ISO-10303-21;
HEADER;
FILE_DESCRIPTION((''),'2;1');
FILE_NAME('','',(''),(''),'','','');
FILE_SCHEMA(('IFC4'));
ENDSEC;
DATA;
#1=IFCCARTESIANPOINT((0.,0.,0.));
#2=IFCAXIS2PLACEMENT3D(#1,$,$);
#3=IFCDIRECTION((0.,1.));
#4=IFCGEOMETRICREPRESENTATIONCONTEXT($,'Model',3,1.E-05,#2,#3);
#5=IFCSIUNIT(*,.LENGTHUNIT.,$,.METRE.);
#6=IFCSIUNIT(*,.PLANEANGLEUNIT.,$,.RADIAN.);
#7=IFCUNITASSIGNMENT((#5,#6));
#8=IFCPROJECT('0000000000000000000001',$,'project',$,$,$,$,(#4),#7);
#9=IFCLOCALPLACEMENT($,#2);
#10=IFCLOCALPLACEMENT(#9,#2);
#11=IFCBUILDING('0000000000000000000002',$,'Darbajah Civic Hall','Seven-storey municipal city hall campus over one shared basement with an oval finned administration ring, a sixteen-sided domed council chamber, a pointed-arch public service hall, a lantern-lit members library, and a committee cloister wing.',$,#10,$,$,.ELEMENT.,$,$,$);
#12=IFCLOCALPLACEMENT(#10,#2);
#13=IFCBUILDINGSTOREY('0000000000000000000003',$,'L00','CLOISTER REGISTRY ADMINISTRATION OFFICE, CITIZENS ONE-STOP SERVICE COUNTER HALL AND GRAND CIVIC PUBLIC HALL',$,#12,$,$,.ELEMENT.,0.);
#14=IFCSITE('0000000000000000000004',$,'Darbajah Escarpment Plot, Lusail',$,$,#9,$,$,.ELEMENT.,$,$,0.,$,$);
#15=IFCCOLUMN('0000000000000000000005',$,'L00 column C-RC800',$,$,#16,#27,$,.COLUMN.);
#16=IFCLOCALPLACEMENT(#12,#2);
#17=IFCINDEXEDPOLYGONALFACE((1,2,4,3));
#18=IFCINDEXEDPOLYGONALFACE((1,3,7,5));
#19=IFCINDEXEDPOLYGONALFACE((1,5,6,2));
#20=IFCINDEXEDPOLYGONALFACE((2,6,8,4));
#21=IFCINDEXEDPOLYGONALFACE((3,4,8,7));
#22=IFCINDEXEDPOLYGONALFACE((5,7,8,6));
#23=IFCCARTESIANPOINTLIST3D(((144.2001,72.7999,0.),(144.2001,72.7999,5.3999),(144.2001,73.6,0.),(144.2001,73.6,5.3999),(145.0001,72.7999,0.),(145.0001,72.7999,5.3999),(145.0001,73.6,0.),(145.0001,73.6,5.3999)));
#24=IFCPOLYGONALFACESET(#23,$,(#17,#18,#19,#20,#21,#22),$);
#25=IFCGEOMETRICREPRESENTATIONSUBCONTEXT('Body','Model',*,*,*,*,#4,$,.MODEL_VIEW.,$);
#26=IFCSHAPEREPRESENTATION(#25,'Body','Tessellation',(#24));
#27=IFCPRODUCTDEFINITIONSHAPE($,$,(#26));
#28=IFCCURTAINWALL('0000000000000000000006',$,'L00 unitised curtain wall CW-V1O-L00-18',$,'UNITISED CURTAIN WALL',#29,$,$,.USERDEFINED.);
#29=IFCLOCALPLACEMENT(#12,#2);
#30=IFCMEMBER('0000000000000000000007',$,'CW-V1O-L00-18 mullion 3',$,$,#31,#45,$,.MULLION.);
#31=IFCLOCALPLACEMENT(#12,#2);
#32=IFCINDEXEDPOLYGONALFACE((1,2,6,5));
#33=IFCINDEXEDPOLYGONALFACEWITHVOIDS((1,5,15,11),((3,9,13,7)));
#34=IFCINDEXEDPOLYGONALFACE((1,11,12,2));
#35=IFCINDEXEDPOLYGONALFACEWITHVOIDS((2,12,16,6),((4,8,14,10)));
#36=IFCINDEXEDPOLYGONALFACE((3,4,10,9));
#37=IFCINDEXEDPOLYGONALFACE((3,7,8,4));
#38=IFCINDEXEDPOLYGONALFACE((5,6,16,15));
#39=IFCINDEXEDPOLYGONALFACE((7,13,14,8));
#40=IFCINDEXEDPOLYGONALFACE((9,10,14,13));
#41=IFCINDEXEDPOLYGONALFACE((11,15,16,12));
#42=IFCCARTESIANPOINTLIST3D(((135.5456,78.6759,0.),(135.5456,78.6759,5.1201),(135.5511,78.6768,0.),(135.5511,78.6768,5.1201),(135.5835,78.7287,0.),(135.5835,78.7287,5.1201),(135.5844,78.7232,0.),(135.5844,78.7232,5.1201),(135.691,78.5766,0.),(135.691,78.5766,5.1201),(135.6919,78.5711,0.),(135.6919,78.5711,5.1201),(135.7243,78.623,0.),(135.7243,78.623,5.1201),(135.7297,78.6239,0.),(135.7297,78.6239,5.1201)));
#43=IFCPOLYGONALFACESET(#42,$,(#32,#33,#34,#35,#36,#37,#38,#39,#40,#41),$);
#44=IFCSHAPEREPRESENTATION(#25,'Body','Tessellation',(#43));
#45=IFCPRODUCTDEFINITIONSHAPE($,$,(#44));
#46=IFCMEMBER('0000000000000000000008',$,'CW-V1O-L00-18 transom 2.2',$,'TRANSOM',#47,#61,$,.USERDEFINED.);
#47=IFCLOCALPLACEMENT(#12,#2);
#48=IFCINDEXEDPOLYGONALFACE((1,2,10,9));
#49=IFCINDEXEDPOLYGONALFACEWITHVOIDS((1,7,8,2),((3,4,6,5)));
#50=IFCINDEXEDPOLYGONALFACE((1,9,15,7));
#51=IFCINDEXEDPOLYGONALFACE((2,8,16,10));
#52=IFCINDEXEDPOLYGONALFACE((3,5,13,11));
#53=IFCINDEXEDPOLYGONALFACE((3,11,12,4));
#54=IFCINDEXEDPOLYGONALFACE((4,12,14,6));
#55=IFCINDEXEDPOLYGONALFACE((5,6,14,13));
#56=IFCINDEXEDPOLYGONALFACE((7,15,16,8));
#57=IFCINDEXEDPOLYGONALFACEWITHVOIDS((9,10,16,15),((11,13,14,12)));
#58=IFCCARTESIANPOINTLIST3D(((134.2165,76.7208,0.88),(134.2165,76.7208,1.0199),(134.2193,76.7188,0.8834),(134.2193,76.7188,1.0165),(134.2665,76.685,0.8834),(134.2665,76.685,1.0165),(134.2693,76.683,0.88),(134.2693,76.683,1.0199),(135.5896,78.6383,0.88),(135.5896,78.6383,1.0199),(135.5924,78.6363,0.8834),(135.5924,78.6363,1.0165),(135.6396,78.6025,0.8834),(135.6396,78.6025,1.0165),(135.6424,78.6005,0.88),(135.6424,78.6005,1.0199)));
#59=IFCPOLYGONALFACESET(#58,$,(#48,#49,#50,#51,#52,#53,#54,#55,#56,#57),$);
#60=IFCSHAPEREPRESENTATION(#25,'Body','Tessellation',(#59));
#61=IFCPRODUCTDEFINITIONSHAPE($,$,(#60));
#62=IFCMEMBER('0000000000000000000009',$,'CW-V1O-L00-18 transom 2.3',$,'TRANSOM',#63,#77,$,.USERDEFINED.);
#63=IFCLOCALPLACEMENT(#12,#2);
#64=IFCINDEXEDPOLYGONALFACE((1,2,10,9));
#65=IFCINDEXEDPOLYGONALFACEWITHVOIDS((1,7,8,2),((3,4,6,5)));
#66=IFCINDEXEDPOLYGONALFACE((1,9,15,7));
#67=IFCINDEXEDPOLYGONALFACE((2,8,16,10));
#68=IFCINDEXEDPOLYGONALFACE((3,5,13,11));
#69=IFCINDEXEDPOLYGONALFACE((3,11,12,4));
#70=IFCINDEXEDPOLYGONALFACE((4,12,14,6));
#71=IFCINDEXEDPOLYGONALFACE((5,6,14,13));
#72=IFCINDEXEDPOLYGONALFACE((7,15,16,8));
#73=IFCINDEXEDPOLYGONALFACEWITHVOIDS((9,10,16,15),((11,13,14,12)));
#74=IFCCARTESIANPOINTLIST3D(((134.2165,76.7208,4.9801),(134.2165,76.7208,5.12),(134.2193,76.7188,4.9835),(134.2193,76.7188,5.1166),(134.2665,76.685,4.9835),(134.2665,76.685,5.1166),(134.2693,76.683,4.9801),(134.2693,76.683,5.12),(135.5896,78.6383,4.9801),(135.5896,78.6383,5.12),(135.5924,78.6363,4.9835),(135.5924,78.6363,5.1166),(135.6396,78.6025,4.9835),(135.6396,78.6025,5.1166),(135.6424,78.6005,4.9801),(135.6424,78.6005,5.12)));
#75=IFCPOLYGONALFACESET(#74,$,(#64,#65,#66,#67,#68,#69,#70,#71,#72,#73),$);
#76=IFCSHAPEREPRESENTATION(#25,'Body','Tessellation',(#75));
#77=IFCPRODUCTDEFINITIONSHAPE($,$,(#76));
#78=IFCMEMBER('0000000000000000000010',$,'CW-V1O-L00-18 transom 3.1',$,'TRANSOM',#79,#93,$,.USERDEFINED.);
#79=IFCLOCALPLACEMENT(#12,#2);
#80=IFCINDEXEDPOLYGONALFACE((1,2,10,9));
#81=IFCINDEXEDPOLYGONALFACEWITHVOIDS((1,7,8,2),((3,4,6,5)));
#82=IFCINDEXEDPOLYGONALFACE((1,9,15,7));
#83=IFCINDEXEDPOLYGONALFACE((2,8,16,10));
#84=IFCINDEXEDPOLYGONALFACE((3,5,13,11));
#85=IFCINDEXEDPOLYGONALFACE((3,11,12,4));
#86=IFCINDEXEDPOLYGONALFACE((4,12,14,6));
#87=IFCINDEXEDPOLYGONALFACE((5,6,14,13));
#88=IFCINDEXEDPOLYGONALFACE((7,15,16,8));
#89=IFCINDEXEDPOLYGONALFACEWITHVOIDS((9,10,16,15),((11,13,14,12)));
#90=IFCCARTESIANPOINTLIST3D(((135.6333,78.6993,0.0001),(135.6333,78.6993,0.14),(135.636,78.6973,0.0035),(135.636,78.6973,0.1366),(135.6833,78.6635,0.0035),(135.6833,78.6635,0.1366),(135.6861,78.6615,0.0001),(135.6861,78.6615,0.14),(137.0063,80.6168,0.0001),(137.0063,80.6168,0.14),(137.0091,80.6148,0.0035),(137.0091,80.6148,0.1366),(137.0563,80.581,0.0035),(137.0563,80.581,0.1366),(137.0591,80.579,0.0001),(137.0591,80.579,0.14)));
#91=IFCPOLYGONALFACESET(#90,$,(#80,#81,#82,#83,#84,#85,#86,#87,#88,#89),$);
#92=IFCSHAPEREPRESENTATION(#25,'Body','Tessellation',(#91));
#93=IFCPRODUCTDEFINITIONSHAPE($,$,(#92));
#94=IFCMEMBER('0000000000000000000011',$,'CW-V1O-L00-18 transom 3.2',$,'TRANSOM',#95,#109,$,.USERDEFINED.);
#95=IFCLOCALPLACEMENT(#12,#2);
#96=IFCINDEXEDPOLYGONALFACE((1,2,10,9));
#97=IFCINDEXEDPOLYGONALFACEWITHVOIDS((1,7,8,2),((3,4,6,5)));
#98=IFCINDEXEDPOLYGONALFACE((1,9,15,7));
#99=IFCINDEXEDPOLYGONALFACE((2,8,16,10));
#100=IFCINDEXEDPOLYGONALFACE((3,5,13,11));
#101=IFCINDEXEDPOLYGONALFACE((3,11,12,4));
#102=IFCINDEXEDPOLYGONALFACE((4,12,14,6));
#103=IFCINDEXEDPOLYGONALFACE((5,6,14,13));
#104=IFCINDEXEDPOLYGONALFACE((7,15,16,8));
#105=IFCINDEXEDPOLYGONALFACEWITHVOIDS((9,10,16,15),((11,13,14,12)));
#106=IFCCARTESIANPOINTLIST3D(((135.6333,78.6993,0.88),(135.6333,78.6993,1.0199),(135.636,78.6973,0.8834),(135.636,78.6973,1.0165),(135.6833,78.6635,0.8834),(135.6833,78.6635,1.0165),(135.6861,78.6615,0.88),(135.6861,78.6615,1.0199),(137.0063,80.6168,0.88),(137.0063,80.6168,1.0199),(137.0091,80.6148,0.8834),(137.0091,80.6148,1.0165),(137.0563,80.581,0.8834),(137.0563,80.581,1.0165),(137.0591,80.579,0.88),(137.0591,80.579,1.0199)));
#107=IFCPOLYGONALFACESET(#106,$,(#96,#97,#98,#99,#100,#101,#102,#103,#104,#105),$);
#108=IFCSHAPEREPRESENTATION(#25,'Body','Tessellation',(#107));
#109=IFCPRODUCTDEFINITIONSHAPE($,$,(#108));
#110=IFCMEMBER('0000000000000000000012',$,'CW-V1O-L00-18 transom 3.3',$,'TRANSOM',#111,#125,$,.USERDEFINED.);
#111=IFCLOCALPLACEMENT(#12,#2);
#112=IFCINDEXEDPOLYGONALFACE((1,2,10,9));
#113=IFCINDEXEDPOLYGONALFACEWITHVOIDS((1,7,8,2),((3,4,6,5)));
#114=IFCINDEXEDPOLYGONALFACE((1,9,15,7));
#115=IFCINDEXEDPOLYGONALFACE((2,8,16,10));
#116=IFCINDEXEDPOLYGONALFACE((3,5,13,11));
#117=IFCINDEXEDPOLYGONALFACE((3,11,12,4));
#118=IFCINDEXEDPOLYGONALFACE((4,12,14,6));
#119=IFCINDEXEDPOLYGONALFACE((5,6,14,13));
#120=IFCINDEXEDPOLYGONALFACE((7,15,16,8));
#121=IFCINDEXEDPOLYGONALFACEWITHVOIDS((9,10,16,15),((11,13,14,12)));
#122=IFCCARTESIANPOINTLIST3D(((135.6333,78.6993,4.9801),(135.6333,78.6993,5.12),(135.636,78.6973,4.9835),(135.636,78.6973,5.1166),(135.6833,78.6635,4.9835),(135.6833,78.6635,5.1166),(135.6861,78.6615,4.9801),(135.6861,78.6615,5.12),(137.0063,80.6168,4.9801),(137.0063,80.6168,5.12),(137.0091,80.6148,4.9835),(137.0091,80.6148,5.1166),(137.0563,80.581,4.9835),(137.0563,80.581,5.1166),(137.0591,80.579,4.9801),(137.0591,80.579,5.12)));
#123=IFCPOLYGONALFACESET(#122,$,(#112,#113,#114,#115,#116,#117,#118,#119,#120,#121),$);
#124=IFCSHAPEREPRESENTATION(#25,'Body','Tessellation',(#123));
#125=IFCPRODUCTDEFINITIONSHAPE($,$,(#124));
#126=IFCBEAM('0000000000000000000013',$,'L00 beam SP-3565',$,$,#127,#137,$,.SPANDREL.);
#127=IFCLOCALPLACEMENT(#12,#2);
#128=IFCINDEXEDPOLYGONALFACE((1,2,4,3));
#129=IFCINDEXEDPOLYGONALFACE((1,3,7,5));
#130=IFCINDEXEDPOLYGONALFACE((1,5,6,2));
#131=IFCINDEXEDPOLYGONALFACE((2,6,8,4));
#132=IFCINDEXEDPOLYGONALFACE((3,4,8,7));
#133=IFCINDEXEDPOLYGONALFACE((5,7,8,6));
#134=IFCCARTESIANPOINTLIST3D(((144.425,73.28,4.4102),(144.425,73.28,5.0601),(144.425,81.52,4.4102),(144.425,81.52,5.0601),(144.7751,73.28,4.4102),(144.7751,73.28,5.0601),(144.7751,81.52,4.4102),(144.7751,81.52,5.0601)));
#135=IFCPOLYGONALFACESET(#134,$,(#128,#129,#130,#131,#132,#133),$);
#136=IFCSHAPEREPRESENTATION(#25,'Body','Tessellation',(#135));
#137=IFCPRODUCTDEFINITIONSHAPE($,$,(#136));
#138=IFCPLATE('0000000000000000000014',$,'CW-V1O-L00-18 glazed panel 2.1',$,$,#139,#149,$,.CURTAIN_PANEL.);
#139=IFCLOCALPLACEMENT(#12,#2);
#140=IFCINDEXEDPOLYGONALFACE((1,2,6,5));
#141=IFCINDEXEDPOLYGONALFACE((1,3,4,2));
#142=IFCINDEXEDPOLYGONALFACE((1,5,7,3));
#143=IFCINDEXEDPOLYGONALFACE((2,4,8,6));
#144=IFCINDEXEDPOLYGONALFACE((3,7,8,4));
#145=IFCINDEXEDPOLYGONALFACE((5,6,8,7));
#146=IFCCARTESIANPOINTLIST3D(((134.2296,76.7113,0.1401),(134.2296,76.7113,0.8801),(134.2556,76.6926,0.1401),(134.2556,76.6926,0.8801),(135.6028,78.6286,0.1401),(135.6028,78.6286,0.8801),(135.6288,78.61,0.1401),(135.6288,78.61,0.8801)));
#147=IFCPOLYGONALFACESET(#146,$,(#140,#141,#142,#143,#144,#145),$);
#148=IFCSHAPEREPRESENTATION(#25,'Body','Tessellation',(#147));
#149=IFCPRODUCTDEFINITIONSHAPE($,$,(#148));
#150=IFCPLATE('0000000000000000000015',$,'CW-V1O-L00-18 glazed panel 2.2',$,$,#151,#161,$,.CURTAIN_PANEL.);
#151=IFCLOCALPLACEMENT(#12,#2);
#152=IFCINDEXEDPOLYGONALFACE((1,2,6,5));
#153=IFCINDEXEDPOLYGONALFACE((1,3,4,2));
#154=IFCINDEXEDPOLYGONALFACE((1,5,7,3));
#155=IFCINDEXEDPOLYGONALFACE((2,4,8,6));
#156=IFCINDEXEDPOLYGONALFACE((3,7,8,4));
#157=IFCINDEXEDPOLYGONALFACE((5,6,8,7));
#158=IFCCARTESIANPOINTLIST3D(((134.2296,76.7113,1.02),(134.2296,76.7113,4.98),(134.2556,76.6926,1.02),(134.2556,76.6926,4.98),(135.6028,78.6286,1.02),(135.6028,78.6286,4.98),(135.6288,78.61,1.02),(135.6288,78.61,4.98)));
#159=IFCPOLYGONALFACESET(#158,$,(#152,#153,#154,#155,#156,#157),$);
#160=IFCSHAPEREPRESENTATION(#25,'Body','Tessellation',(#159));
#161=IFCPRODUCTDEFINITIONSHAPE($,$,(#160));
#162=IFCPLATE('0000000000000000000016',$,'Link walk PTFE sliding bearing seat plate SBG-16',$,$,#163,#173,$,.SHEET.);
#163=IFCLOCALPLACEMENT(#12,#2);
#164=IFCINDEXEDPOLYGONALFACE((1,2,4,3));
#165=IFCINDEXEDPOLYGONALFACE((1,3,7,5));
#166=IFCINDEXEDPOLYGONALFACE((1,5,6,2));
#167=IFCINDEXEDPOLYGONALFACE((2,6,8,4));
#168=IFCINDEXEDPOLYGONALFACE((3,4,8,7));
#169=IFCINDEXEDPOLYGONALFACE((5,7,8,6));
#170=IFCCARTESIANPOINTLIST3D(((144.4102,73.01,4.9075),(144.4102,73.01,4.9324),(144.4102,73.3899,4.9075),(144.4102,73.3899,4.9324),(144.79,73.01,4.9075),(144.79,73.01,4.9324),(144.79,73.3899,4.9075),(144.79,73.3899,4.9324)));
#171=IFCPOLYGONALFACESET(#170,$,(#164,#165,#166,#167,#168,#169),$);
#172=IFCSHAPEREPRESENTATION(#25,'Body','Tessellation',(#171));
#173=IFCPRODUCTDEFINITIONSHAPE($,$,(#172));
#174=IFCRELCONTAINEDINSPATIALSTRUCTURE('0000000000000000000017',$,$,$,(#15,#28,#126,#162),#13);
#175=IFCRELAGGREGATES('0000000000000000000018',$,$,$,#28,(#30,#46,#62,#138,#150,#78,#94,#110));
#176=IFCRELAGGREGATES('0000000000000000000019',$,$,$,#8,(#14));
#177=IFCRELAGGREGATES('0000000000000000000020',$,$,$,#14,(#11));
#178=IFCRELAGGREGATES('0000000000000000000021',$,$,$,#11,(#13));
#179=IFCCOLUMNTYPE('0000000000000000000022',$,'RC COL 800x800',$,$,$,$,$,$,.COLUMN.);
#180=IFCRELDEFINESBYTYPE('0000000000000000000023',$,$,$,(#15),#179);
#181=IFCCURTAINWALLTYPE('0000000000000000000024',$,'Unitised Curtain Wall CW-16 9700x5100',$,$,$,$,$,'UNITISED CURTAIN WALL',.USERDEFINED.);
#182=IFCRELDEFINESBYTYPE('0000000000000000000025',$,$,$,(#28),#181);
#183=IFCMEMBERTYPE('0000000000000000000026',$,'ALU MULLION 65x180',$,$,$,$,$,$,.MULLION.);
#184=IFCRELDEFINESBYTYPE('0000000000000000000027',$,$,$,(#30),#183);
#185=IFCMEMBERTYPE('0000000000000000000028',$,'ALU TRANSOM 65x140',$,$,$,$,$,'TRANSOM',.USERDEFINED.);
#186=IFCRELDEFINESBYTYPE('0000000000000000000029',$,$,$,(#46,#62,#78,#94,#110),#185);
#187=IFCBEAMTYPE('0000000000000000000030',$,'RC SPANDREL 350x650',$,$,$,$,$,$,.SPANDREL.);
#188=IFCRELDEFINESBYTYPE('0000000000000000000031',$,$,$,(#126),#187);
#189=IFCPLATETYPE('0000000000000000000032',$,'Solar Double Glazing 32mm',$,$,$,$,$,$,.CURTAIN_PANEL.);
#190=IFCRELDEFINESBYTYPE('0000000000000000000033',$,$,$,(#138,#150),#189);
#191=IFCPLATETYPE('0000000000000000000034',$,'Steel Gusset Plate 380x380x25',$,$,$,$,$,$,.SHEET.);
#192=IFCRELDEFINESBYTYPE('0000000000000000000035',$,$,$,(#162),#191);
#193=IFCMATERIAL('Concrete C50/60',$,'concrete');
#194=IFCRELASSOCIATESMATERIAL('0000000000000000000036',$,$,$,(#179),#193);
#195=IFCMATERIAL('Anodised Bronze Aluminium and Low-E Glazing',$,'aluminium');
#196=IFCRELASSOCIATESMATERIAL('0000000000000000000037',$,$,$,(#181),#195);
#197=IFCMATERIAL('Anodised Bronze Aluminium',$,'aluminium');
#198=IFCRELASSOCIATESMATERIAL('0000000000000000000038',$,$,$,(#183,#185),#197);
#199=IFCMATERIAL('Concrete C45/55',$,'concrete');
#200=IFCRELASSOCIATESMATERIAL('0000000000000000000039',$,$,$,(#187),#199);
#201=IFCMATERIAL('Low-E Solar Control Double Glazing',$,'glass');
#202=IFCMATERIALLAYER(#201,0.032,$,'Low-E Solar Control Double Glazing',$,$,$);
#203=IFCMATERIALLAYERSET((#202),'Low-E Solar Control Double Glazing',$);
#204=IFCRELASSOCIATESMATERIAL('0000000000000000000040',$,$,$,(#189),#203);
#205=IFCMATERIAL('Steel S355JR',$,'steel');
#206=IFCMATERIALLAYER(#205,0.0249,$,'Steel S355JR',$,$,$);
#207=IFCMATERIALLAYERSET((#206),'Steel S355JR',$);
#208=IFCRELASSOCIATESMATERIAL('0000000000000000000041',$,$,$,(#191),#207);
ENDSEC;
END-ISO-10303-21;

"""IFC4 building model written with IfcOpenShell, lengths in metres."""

from ifc_helpers import new_model, si_unit, direction, frame, origin, origin_2d, place, context, subcontext, project, spatial, rectangle, hollow_rectangle, extrude, material, layer, layer_set, material_profile, profile_set, type_object, element, aggregate, save


model = new_model("IFC4")

# Units and contexts
model_context = context("Model", 3, precision=1e-05, world=origin(), true_north=direction((0.0, 1.0)))
body_context = subcontext(model_context, "Body", "Model", "MODEL_VIEW")
ifc_project = project(units=[si_unit("LENGTHUNIT", "METRE"), si_unit("PLANEANGLEUNIT", "RADIAN")], contexts=[model_context])

# Site, building, storey
site_placement = place(None, origin())
site = spatial("IfcSite", under=ifc_project, at=site_placement, Name="Darbajah Escarpment Plot, Lusail", CompositionType="ELEMENT", RefElevation=0.0)
building_placement = place(site_placement, origin())
building = spatial("IfcBuilding", under=site, at=building_placement, Name="Darbajah Civic Hall", Description="Seven-storey municipal city hall campus over one shared basement with an oval finned administration ring, a sixteen-sided domed council chamber, a pointed-arch public service hall, a lantern-lit members library, and a committee cloister wing.", CompositionType="ELEMENT")
storey_placement = place(building_placement, origin())
storey = spatial("IfcBuildingStorey", under=building, at=storey_placement, Name="L00", Description="CLOISTER REGISTRY ADMINISTRATION OFFICE, CITIZENS ONE-STOP SERVICE COUNTER HALL AND GRAND CIVIC PUBLIC HALL", CompositionType="ELEMENT", Elevation=0.0)

# Column
ifc_material_1 = material(Name="Concrete C50/60", Category="concrete")
ifc_material_profile_1 = material_profile(ifc_material_1, rectangle(XDim=0.8, YDim=0.8, at=origin_2d()), Name="RC COL 800x800")
ifc_profile_set_1 = profile_set([ifc_material_profile_1], Name="Concrete C50/60")
column_type = type_object("IfcColumnType", Name="RC COL 800x800", PredefinedType="COLUMN", material=ifc_profile_set_1)
column_placement = place(storey_placement, frame((144.6001, 73.2, 0.0), z_axis=(0.0, 0.0, 1.0), x_axis=(1.0, 0.0, 0.0)))
element("IfcColumn", 1, at=column_placement, inside=storey, type_object=column_type, Name="L00 column C-RC800", PredefinedType="COLUMN", context=body_context, shape_type="SweptSolid", body=[
    extrude(rectangle(XDim=0.8, YDim=0.8, at=origin_2d()), origin(), (0.0, 0.0, 1.0), 5.3999),
])

# Curtain wall, members
ifc_material_2 = material(Name="Anodised Bronze Aluminium and Low-E Glazing", Category="aluminium")
curtain_wall_type = type_object("IfcCurtainWallType", Name="Unitised Curtain Wall CW-16 9700x5100", ElementType="UNITISED CURTAIN WALL", PredefinedType="USERDEFINED", material=ifc_material_2)
curtain_wall_placement = place(storey_placement, origin())
curtain_wall = element("IfcCurtainWall", 2, at=curtain_wall_placement, inside=storey, type_object=curtain_wall_type, Name="L00 unitised curtain wall CW-V1O-L00-18", ObjectType="UNITISED CURTAIN WALL", PredefinedType="USERDEFINED")
ifc_material_3 = material(Name="Anodised Bronze Aluminium", Category="aluminium")
ifc_material_profile_2 = material_profile(ifc_material_3, hollow_rectangle(XDim=0.0649, YDim=0.1799, WallThickness=0.0039, at=origin_2d()), Name="ALU MULLION 65x180")
ifc_profile_set_2 = profile_set([ifc_material_profile_2], Name="Anodised Bronze Aluminium")
member_type_1 = type_object("IfcMemberType", Name="ALU MULLION 65x180", PredefinedType="MULLION", material=ifc_profile_set_2)
member_1_placement = place(storey_placement, frame((135.6377, 78.6499, 0.0), z_axis=(0.0, 0.0, 1.0), x_axis=(0.582265, 0.812999, 0.0)))
member_1 = element("IfcMember", 3, at=member_1_placement, type_object=member_type_1, Name="CW-V1O-L00-18 mullion 3", PredefinedType="MULLION", context=body_context, shape_type="SweptSolid", body=[
    extrude(hollow_rectangle(XDim=0.0649, YDim=0.1799, WallThickness=0.0039, at=origin_2d()), origin(), (0.0, 0.0, 1.0), 5.1201),
])
ifc_material_profile_3 = material_profile(ifc_material_3, hollow_rectangle(XDim=0.0649, YDim=0.1399, WallThickness=0.0034, at=origin_2d()), Name="ALU TRANSOM 65x140")
ifc_profile_set_3 = profile_set([ifc_material_profile_3], Name="Anodised Bronze Aluminium")
member_type_2 = type_object("IfcMemberType", Name="ALU TRANSOM 65x140", ElementType="TRANSOM", PredefinedType="USERDEFINED", material=ifc_profile_set_3)
member_2_placement = place(storey_placement, frame((134.2429, 76.7019, 0.95), z_axis=(0.582197, 0.813047, 0.0), x_axis=(-0.813047, 0.582197, 0.0)))
member_2 = element("IfcMember", 4, at=member_2_placement, type_object=member_type_2, Name="CW-V1O-L00-18 transom 2.2", ObjectType="TRANSOM", PredefinedType="USERDEFINED", context=body_context, shape_type="SweptSolid", body=[
    extrude(hollow_rectangle(XDim=0.0649, YDim=0.1399, WallThickness=0.0034, at=origin_2d()), origin(), (0.0, 0.0, 1.0), 2.3584),
])
member_3_placement = place(storey_placement, frame((134.2429, 76.7019, 5.05), z_axis=(0.582197, 0.813047, 0.0), x_axis=(-0.813047, 0.582197, 0.0)))
member_3 = element("IfcMember", 5, at=member_3_placement, type_object=member_type_2, Name="CW-V1O-L00-18 transom 2.3", ObjectType="TRANSOM", PredefinedType="USERDEFINED", context=body_context, shape_type="SweptSolid", body=[
    extrude(hollow_rectangle(XDim=0.0649, YDim=0.1399, WallThickness=0.0034, at=origin_2d()), origin(), (0.0, 0.0, 1.0), 2.3584),
])
member_4_placement = place(storey_placement, frame((135.6597, 78.6804, 0.0701), z_axis=(0.582197, 0.813047, 0.0), x_axis=(-0.813047, 0.582197, 0.0)))
member_4 = element("IfcMember", 6, at=member_4_placement, type_object=member_type_2, Name="CW-V1O-L00-18 transom 3.1", ObjectType="TRANSOM", PredefinedType="USERDEFINED", context=body_context, shape_type="SweptSolid", body=[
    extrude(hollow_rectangle(XDim=0.0649, YDim=0.1399, WallThickness=0.0034, at=origin_2d()), origin(), (0.0, 0.0, 1.0), 2.3584),
])
member_5_placement = place(storey_placement, frame((135.6597, 78.6804, 0.95), z_axis=(0.582197, 0.813047, 0.0), x_axis=(-0.813047, 0.582197, 0.0)))
member_5 = element("IfcMember", 7, at=member_5_placement, type_object=member_type_2, Name="CW-V1O-L00-18 transom 3.2", ObjectType="TRANSOM", PredefinedType="USERDEFINED", context=body_context, shape_type="SweptSolid", body=[
    extrude(hollow_rectangle(XDim=0.0649, YDim=0.1399, WallThickness=0.0034, at=origin_2d()), origin(), (0.0, 0.0, 1.0), 2.3584),
])
member_6_placement = place(storey_placement, frame((135.6597, 78.6804, 5.05), z_axis=(0.582197, 0.813047, 0.0), x_axis=(-0.813047, 0.582197, 0.0)))
member_6 = element("IfcMember", 8, at=member_6_placement, type_object=member_type_2, Name="CW-V1O-L00-18 transom 3.3", ObjectType="TRANSOM", PredefinedType="USERDEFINED", context=body_context, shape_type="SweptSolid", body=[
    extrude(hollow_rectangle(XDim=0.0649, YDim=0.1399, WallThickness=0.0034, at=origin_2d()), origin(), (0.0, 0.0, 1.0), 2.3584),
])

# Beam
ifc_material_4 = material(Name="Concrete C45/55", Category="concrete")
ifc_material_profile_4 = material_profile(ifc_material_4, rectangle(XDim=0.3501, YDim=0.6499, at=origin_2d()), Name="RC SPANDREL 350x650")
ifc_profile_set_4 = profile_set([ifc_material_profile_4], Name="Concrete C45/55")
beam_type = type_object("IfcBeamType", Name="RC SPANDREL 350x650", PredefinedType="SPANDREL", material=ifc_profile_set_4)
beam_placement = place(storey_placement, frame((144.6001, 73.28, 4.7351), z_axis=(0.0, 1.0, 0.0), x_axis=(-1.0, 0.0, 0.0)))
element("IfcBeam", 9, at=beam_placement, inside=storey, type_object=beam_type, Name="L00 beam SP-3565", PredefinedType="SPANDREL", context=body_context, shape_type="SweptSolid", body=[
    extrude(rectangle(XDim=0.3501, YDim=0.6499, at=origin_2d()), origin(), (0.0, 0.0, 1.0), 8.24),
])

# Plates
ifc_material_5 = material(Name="Low-E Solar Control Double Glazing", Category="glass")
ifc_layer_1 = layer(ifc_material_5, 0.032, Name="Low-E Solar Control Double Glazing")
ifc_layer_set_1 = layer_set([ifc_layer_1], Name="Low-E Solar Control Double Glazing")
plate_type_1 = type_object("IfcPlateType", Name="Solar Double Glazing 32mm", PredefinedType="CURTAIN_PANEL", material=ifc_layer_set_1)
plate_1_placement = place(storey_placement, frame((134.9292, 77.6606, 0.1401), z_axis=(0.0, 0.0, 1.0), x_axis=(0.582265, 0.812999, 0.0)))
plate_1 = element("IfcPlate", 10, at=plate_1_placement, type_object=plate_type_1, Name="CW-V1O-L00-18 glazed panel 2.1", PredefinedType="CURTAIN_PANEL", context=body_context, shape_type="SweptSolid", body=[
    extrude(rectangle(XDim=2.3584, YDim=0.032, at=origin_2d()), origin(), (0.0, 0.0, 1.0), 0.74),
])
plate_2_placement = place(storey_placement, frame((134.9292, 77.6606, 1.02), z_axis=(0.0, 0.0, 1.0), x_axis=(0.582265, 0.812999, 0.0)))
plate_2 = element("IfcPlate", 11, at=plate_2_placement, type_object=plate_type_1, Name="CW-V1O-L00-18 glazed panel 2.2", PredefinedType="CURTAIN_PANEL", context=body_context, shape_type="SweptSolid", body=[
    extrude(rectangle(XDim=2.3584, YDim=0.032, at=origin_2d()), origin(), (0.0, 0.0, 1.0), 3.96),
])
aggregate(curtain_wall, [member_1, member_2, member_3, plate_1, plate_2, member_4, member_5, member_6])
ifc_material_6 = material(Name="Steel S355JR", Category="steel")
ifc_layer_2 = layer(ifc_material_6, 0.0249, Name="Steel S355JR")
ifc_layer_set_2 = layer_set([ifc_layer_2], Name="Steel S355JR")
plate_type_2 = type_object("IfcPlateType", Name="Steel Gusset Plate 380x380x25", PredefinedType="SHEET", material=ifc_layer_set_2)
plate_3_placement = place(storey_placement, frame((144.6001, 73.2, 4.9075), z_axis=(0.0, 0.0, 1.0), x_axis=(1.0, 0.0, 0.0)))
element("IfcPlate", 12, at=plate_3_placement, inside=storey, type_object=plate_type_2, Name="Link walk PTFE sliding bearing seat plate SBG-16", PredefinedType="SHEET", context=body_context, shape_type="SweptSolid", body=[
    extrude(rectangle(XDim=0.3799, YDim=0.3799, at=origin_2d()), origin(), (0.0, 0.0, 1.0), 0.0249),
])

save(model, "model.ifc")
